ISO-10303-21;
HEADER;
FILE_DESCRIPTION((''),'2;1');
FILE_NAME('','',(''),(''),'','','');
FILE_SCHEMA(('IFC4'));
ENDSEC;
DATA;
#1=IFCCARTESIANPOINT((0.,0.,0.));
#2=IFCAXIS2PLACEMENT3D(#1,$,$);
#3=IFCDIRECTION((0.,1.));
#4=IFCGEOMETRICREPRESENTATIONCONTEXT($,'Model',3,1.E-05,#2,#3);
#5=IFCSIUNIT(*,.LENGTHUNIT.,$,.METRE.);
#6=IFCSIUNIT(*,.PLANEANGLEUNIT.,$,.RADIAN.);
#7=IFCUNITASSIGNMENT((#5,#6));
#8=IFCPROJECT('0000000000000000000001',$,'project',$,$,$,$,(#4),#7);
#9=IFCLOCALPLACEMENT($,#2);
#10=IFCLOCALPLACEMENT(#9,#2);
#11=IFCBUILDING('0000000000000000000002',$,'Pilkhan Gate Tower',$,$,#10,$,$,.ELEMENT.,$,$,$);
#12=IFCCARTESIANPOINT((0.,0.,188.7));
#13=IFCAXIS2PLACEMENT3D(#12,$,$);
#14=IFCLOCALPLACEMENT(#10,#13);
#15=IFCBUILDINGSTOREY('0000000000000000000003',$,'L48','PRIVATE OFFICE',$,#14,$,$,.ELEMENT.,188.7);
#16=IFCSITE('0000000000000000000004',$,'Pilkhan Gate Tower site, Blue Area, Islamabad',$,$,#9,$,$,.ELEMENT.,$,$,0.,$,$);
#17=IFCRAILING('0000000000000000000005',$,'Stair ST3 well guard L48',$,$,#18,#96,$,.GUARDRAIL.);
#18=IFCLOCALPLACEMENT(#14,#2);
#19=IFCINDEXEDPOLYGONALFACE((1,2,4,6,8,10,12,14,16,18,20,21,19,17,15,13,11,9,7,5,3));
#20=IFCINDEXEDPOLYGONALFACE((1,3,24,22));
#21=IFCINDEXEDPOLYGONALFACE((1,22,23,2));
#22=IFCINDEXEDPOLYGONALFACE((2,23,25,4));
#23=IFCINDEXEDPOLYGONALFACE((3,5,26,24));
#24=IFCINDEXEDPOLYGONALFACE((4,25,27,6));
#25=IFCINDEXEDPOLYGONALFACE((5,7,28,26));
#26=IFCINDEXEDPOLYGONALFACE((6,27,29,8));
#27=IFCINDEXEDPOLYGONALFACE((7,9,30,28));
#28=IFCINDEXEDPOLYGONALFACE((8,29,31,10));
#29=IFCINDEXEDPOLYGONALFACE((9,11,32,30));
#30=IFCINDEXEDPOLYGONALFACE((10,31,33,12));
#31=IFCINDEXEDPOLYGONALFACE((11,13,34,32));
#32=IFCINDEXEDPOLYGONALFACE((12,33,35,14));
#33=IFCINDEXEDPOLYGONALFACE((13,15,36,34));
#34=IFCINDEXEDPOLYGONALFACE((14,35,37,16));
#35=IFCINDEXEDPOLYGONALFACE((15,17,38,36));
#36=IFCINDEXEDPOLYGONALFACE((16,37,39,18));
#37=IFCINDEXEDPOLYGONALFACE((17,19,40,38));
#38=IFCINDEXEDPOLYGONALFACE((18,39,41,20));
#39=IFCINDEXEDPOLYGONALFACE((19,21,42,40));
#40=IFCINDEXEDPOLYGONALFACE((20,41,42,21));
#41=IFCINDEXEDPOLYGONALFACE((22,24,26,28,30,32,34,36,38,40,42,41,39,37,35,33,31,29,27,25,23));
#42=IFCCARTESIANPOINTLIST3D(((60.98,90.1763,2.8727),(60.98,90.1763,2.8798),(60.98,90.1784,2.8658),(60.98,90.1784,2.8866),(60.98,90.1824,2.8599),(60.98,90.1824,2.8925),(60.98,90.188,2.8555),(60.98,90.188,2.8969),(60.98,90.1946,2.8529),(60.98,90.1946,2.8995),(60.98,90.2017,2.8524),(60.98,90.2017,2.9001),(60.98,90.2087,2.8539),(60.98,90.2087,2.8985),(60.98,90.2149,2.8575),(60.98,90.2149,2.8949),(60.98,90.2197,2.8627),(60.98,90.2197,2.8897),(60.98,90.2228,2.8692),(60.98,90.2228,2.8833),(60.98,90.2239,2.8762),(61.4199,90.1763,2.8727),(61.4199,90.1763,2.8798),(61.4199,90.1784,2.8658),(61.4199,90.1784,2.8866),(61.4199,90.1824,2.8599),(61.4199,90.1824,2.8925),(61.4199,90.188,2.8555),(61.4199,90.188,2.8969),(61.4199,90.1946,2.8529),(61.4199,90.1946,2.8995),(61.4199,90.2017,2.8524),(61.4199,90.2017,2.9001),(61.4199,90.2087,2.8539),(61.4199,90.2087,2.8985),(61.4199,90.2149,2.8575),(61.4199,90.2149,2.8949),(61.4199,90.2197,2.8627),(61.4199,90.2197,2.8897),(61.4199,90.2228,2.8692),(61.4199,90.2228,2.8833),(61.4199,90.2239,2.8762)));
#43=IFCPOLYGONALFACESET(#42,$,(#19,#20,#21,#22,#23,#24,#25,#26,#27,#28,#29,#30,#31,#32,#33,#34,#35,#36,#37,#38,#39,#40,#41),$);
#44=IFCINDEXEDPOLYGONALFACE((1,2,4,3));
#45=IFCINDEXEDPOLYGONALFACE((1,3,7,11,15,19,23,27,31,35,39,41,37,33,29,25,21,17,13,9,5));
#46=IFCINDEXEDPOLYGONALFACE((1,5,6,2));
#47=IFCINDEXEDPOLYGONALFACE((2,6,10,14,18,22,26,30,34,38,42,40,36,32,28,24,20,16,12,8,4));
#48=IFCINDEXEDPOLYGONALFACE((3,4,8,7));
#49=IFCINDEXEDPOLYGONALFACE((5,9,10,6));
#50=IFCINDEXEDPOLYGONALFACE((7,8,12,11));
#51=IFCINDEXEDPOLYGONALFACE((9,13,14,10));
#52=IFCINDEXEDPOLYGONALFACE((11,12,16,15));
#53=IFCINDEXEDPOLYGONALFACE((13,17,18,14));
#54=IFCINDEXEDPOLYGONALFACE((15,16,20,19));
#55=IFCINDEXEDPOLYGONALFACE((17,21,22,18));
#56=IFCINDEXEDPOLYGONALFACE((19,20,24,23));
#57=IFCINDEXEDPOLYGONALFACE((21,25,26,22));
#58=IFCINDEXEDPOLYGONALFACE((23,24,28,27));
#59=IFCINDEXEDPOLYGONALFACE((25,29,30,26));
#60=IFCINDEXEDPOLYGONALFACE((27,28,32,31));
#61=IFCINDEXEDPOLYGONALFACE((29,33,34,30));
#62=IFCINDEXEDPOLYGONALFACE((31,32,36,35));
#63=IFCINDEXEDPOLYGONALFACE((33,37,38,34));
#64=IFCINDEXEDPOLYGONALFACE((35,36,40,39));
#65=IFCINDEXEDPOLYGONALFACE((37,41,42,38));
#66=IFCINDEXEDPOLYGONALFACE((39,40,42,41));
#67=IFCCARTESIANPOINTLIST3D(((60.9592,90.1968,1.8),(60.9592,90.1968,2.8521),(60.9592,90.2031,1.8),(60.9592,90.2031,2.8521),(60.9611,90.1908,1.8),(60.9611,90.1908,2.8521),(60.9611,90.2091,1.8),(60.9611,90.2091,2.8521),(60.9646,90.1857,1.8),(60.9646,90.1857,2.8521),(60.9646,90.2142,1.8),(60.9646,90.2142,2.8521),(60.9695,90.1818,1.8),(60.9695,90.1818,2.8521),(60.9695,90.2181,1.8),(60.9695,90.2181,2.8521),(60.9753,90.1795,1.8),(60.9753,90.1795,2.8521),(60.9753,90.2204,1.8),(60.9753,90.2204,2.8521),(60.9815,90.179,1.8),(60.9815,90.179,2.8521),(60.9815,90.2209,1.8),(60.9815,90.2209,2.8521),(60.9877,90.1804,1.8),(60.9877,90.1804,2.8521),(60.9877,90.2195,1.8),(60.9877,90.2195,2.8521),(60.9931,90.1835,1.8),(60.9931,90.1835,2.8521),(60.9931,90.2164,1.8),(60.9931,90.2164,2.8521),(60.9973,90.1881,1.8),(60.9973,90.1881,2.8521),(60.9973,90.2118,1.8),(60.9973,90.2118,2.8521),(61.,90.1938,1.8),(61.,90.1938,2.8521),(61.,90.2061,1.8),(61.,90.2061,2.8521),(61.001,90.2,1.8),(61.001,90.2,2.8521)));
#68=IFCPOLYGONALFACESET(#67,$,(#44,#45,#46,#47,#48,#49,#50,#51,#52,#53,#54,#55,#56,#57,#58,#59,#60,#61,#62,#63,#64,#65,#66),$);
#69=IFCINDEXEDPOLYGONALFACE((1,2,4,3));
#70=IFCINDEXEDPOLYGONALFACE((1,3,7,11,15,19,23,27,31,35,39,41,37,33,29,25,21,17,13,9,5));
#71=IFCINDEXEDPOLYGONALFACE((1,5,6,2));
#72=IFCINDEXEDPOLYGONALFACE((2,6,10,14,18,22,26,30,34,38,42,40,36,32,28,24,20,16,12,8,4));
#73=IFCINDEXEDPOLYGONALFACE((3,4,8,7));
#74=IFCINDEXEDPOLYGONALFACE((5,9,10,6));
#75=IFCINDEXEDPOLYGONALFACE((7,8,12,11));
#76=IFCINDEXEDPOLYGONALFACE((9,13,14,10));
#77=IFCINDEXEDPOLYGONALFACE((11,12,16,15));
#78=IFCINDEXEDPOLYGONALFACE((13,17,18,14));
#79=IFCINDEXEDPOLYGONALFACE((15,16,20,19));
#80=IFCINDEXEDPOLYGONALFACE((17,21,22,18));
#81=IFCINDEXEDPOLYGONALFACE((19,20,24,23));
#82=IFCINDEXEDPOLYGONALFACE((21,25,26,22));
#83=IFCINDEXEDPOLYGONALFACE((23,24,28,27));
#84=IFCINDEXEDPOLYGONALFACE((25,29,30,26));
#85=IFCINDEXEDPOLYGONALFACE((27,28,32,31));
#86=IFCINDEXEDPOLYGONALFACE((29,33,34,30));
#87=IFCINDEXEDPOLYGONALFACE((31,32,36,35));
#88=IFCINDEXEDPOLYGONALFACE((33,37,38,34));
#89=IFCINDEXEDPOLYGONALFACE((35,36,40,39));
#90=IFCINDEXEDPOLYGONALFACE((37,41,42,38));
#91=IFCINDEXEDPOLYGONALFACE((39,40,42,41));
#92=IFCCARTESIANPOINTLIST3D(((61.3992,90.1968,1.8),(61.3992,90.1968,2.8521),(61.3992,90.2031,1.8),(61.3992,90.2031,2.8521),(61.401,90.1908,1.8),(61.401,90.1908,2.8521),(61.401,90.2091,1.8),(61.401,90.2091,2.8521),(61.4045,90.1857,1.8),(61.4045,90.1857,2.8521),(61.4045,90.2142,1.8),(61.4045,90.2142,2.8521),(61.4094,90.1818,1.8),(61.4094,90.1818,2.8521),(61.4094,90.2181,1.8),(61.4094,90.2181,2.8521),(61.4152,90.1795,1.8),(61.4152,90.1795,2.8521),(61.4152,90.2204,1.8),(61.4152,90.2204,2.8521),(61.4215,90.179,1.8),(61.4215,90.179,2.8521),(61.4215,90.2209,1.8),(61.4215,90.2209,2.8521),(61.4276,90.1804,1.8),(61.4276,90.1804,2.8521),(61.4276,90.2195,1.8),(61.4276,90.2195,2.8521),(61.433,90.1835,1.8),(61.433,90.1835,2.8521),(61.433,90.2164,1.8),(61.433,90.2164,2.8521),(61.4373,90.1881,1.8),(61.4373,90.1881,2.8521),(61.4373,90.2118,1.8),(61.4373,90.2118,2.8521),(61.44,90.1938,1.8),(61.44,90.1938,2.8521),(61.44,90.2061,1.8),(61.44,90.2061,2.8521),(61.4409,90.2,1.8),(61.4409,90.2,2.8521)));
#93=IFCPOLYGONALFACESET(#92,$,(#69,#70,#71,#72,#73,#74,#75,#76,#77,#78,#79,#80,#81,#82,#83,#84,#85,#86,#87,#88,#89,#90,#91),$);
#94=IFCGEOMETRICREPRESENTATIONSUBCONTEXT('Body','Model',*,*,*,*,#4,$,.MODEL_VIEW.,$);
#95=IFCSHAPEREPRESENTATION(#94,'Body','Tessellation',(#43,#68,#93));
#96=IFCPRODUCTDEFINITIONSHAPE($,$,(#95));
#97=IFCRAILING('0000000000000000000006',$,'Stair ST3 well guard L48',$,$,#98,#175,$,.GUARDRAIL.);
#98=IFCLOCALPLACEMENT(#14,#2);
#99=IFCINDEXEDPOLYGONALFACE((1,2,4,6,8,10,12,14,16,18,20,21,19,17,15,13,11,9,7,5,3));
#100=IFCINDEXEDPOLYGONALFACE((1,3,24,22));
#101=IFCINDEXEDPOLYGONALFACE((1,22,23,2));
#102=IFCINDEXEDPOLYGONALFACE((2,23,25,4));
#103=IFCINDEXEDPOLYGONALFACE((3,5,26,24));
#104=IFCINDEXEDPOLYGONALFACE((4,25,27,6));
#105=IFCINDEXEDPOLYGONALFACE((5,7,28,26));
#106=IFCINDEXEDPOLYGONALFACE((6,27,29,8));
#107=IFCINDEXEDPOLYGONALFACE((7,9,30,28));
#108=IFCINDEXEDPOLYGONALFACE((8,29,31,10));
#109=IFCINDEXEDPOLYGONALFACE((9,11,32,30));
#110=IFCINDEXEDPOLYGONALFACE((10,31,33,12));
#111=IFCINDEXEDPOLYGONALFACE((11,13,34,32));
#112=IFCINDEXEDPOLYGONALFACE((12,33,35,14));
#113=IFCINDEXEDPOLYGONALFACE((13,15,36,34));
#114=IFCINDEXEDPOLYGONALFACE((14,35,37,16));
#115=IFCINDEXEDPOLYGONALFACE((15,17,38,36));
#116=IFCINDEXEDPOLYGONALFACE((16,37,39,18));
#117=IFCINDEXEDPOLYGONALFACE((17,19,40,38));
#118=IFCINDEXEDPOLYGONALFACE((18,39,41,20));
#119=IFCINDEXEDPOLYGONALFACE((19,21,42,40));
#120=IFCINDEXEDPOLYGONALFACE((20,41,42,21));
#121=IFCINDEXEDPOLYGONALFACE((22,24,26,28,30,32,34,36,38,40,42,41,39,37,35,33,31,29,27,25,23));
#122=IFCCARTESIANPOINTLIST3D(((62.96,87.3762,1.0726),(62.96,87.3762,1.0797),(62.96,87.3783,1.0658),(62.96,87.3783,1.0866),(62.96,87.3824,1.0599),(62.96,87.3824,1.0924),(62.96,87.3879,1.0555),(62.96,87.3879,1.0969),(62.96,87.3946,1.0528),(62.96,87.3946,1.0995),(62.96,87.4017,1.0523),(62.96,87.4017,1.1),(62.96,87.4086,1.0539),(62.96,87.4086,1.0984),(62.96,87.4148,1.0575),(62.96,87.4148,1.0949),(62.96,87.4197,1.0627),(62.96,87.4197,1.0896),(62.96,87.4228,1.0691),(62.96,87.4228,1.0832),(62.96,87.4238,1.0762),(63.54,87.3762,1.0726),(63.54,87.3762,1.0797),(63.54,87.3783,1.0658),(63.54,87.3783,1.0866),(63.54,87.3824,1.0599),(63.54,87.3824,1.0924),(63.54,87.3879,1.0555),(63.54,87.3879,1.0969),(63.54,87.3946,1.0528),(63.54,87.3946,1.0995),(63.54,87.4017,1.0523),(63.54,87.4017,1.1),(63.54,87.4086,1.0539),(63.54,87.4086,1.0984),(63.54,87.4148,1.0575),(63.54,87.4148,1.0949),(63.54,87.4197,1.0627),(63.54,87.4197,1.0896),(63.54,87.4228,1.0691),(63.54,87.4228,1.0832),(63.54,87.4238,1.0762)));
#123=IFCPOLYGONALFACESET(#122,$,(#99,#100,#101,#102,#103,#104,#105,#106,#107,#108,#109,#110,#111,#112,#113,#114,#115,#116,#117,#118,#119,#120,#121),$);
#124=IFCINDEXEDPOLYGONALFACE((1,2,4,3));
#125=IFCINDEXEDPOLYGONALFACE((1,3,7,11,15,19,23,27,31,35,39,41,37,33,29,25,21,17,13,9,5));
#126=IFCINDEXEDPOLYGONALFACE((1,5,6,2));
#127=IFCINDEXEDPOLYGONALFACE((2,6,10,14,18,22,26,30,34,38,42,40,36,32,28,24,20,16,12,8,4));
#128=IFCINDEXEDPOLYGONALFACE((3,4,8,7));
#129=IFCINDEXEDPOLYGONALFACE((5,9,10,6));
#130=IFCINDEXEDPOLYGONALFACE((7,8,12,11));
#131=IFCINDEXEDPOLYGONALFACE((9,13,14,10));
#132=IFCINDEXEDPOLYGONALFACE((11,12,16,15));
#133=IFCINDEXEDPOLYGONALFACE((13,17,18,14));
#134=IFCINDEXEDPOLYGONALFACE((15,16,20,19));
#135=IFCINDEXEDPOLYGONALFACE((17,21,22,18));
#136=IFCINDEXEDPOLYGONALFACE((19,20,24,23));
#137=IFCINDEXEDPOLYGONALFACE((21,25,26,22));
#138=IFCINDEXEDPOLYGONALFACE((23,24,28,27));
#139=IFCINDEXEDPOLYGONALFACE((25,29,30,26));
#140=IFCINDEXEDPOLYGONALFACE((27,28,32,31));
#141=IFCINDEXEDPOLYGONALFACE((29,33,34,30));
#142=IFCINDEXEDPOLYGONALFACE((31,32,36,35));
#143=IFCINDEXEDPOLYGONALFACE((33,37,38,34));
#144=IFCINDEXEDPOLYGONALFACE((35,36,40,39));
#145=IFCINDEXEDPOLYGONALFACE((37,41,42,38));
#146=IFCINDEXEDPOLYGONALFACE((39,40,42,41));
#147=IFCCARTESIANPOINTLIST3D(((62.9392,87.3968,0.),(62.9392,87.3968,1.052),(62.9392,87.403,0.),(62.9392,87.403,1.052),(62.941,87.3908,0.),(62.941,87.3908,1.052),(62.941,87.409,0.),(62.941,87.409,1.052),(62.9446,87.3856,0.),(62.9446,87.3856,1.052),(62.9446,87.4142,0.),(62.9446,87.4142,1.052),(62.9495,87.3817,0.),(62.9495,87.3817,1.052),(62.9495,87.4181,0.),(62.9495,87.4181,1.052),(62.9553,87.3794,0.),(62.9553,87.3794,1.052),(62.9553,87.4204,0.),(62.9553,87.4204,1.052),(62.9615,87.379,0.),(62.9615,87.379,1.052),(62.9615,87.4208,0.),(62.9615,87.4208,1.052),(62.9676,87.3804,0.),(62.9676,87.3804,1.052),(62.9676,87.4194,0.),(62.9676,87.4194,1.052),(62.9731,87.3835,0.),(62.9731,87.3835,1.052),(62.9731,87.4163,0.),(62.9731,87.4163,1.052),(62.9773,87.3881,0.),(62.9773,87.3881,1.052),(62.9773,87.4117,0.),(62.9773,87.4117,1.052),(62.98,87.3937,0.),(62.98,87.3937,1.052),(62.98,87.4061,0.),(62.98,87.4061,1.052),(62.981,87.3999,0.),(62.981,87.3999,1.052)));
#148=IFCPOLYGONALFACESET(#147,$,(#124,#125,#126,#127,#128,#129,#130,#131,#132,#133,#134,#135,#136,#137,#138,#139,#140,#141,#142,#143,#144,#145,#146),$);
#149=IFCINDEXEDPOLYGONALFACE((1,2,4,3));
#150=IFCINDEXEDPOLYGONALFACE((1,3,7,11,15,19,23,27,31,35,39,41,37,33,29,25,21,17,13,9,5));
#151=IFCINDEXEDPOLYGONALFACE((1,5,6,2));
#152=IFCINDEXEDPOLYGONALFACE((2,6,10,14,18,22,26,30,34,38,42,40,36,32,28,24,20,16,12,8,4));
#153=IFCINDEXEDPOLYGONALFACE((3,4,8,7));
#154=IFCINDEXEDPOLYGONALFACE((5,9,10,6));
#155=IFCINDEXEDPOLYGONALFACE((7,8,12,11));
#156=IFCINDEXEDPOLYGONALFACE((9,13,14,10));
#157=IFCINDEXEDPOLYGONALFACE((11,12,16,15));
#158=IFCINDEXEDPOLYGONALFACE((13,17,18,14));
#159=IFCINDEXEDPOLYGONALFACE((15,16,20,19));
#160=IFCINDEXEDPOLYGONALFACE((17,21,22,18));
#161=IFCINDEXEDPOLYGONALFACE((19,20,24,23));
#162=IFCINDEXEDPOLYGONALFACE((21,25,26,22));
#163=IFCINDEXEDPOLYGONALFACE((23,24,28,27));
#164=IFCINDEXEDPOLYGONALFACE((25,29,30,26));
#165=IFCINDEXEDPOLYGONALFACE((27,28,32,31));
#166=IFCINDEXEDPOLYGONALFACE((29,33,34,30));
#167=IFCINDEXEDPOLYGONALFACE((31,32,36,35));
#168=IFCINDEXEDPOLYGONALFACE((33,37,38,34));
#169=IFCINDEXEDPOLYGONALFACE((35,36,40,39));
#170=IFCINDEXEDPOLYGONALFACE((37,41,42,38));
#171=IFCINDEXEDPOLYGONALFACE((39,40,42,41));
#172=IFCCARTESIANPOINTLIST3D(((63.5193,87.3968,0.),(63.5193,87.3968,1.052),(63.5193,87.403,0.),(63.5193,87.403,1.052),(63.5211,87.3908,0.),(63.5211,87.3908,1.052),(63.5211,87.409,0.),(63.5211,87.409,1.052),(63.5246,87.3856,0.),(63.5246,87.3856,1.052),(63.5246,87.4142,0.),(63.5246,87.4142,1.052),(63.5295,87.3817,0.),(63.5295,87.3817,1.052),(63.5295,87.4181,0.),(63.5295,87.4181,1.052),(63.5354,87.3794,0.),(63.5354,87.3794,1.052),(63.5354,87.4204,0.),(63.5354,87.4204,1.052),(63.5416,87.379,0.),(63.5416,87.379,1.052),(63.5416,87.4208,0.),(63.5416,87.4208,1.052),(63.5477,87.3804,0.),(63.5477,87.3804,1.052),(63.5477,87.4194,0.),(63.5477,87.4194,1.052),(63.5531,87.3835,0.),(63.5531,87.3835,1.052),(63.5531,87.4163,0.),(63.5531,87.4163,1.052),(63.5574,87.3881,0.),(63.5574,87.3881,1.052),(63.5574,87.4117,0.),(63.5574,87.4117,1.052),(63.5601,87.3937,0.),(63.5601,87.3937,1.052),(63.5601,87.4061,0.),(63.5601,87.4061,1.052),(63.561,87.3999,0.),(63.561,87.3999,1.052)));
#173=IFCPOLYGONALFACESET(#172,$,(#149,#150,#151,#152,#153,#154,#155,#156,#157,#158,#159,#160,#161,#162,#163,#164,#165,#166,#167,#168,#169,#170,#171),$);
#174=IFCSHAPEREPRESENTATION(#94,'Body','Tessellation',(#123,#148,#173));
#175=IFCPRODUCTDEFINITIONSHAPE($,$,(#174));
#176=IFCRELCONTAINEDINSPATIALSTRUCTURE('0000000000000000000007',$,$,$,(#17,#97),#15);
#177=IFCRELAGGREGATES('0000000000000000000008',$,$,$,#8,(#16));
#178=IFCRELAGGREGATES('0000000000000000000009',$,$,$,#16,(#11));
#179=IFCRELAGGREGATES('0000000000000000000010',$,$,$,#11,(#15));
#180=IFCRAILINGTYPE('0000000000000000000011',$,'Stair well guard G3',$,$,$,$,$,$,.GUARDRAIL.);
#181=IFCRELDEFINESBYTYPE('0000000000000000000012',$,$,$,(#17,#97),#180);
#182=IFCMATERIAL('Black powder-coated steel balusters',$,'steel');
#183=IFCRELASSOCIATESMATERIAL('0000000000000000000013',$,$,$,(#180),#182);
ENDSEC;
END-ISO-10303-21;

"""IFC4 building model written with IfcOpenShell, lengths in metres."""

from ifc_helpers import new_model, si_unit, direction, frame, origin, origin_2d, place, context, subcontext, project, spatial, circle, extrude, material, type_object, element, save


model = new_model("IFC4")

# Units and contexts
model_context = context("Model", 3, precision=1e-05, world=origin(), true_north=direction((0.0, 1.0)))
body_context = subcontext(model_context, "Body", "Model", "MODEL_VIEW")
ifc_project = project(units=[si_unit("LENGTHUNIT", "METRE"), si_unit("PLANEANGLEUNIT", "RADIAN")], contexts=[model_context])

# Site, building, storey
site_placement = place(None, origin())
site = spatial("IfcSite", under=ifc_project, at=site_placement, Name="Pilkhan Gate Tower site, Blue Area, Islamabad", CompositionType="ELEMENT", RefElevation=0.0)
building_placement = place(site_placement, origin())
building = spatial("IfcBuilding", under=site, at=building_placement, Name="Pilkhan Gate Tower", CompositionType="ELEMENT")
storey_placement = place(building_placement, frame((0.0, 0.0, 188.7)))
storey = spatial("IfcBuildingStorey", under=building, at=storey_placement, Name="L48", Description="PRIVATE OFFICE", CompositionType="ELEMENT", Elevation=188.7)

# Railings
ifc_material_1 = material(Name="Black powder-coated steel balusters", Category="steel")
railing_type_1 = type_object("IfcRailingType", Name="Stair well guard G3", PredefinedType="GUARDRAIL", material=ifc_material_1)
railing_1_placement = place(storey_placement, frame((60.98, 90.2, 1.8)))
element("IfcRailing", 1, at=railing_1_placement, inside=storey, type_object=railing_type_1, Name="Stair ST3 well guard L48", PredefinedType="GUARDRAIL", context=body_context, shape_type="SweptSolid", body=[
    extrude(circle(Radius=0.0239, at=origin_2d()), frame((0.0, 0.0, 1.0762), z_axis=(1.0, 0.0, 0.0), x_axis=(0.0, 1.0, 0.0)), (0.0, 0.0, 1.0), 0.4399),
    extrude(circle(Radius=0.021, at=origin_2d()), origin(), (0.0, 0.0, 1.0), 1.052),
    extrude(circle(Radius=0.021, at=origin_2d()), frame((0.4399, 0.0, 0.0)), (0.0, 0.0, 1.0), 1.052),
])
for number, where, name in (
    (2, (62.96, 87.3999, 0.0), "Stair ST3 well guard L48"),
):
    element("IfcRailing", number, at=place(storey_placement, frame(where)), inside=storey, type_object=railing_type_1, Name=name, PredefinedType="GUARDRAIL", context=body_context, shape_type="SweptSolid", body=[
        extrude(circle(Radius=0.0239, at=origin_2d()), frame((0.0, 0.0, 1.0762), z_axis=(1.0, 0.0, 0.0), x_axis=(0.0, 1.0, 0.0)), (0.0, 0.0, 1.0), 0.5801),
        extrude(circle(Radius=0.021, at=origin_2d()), origin(), (0.0, 0.0, 1.0), 1.052),
        extrude(circle(Radius=0.021, at=origin_2d()), frame((0.5801, 0.0, 0.0)), (0.0, 0.0, 1.0), 1.052),
    ])

save(model, "model.ifc")
